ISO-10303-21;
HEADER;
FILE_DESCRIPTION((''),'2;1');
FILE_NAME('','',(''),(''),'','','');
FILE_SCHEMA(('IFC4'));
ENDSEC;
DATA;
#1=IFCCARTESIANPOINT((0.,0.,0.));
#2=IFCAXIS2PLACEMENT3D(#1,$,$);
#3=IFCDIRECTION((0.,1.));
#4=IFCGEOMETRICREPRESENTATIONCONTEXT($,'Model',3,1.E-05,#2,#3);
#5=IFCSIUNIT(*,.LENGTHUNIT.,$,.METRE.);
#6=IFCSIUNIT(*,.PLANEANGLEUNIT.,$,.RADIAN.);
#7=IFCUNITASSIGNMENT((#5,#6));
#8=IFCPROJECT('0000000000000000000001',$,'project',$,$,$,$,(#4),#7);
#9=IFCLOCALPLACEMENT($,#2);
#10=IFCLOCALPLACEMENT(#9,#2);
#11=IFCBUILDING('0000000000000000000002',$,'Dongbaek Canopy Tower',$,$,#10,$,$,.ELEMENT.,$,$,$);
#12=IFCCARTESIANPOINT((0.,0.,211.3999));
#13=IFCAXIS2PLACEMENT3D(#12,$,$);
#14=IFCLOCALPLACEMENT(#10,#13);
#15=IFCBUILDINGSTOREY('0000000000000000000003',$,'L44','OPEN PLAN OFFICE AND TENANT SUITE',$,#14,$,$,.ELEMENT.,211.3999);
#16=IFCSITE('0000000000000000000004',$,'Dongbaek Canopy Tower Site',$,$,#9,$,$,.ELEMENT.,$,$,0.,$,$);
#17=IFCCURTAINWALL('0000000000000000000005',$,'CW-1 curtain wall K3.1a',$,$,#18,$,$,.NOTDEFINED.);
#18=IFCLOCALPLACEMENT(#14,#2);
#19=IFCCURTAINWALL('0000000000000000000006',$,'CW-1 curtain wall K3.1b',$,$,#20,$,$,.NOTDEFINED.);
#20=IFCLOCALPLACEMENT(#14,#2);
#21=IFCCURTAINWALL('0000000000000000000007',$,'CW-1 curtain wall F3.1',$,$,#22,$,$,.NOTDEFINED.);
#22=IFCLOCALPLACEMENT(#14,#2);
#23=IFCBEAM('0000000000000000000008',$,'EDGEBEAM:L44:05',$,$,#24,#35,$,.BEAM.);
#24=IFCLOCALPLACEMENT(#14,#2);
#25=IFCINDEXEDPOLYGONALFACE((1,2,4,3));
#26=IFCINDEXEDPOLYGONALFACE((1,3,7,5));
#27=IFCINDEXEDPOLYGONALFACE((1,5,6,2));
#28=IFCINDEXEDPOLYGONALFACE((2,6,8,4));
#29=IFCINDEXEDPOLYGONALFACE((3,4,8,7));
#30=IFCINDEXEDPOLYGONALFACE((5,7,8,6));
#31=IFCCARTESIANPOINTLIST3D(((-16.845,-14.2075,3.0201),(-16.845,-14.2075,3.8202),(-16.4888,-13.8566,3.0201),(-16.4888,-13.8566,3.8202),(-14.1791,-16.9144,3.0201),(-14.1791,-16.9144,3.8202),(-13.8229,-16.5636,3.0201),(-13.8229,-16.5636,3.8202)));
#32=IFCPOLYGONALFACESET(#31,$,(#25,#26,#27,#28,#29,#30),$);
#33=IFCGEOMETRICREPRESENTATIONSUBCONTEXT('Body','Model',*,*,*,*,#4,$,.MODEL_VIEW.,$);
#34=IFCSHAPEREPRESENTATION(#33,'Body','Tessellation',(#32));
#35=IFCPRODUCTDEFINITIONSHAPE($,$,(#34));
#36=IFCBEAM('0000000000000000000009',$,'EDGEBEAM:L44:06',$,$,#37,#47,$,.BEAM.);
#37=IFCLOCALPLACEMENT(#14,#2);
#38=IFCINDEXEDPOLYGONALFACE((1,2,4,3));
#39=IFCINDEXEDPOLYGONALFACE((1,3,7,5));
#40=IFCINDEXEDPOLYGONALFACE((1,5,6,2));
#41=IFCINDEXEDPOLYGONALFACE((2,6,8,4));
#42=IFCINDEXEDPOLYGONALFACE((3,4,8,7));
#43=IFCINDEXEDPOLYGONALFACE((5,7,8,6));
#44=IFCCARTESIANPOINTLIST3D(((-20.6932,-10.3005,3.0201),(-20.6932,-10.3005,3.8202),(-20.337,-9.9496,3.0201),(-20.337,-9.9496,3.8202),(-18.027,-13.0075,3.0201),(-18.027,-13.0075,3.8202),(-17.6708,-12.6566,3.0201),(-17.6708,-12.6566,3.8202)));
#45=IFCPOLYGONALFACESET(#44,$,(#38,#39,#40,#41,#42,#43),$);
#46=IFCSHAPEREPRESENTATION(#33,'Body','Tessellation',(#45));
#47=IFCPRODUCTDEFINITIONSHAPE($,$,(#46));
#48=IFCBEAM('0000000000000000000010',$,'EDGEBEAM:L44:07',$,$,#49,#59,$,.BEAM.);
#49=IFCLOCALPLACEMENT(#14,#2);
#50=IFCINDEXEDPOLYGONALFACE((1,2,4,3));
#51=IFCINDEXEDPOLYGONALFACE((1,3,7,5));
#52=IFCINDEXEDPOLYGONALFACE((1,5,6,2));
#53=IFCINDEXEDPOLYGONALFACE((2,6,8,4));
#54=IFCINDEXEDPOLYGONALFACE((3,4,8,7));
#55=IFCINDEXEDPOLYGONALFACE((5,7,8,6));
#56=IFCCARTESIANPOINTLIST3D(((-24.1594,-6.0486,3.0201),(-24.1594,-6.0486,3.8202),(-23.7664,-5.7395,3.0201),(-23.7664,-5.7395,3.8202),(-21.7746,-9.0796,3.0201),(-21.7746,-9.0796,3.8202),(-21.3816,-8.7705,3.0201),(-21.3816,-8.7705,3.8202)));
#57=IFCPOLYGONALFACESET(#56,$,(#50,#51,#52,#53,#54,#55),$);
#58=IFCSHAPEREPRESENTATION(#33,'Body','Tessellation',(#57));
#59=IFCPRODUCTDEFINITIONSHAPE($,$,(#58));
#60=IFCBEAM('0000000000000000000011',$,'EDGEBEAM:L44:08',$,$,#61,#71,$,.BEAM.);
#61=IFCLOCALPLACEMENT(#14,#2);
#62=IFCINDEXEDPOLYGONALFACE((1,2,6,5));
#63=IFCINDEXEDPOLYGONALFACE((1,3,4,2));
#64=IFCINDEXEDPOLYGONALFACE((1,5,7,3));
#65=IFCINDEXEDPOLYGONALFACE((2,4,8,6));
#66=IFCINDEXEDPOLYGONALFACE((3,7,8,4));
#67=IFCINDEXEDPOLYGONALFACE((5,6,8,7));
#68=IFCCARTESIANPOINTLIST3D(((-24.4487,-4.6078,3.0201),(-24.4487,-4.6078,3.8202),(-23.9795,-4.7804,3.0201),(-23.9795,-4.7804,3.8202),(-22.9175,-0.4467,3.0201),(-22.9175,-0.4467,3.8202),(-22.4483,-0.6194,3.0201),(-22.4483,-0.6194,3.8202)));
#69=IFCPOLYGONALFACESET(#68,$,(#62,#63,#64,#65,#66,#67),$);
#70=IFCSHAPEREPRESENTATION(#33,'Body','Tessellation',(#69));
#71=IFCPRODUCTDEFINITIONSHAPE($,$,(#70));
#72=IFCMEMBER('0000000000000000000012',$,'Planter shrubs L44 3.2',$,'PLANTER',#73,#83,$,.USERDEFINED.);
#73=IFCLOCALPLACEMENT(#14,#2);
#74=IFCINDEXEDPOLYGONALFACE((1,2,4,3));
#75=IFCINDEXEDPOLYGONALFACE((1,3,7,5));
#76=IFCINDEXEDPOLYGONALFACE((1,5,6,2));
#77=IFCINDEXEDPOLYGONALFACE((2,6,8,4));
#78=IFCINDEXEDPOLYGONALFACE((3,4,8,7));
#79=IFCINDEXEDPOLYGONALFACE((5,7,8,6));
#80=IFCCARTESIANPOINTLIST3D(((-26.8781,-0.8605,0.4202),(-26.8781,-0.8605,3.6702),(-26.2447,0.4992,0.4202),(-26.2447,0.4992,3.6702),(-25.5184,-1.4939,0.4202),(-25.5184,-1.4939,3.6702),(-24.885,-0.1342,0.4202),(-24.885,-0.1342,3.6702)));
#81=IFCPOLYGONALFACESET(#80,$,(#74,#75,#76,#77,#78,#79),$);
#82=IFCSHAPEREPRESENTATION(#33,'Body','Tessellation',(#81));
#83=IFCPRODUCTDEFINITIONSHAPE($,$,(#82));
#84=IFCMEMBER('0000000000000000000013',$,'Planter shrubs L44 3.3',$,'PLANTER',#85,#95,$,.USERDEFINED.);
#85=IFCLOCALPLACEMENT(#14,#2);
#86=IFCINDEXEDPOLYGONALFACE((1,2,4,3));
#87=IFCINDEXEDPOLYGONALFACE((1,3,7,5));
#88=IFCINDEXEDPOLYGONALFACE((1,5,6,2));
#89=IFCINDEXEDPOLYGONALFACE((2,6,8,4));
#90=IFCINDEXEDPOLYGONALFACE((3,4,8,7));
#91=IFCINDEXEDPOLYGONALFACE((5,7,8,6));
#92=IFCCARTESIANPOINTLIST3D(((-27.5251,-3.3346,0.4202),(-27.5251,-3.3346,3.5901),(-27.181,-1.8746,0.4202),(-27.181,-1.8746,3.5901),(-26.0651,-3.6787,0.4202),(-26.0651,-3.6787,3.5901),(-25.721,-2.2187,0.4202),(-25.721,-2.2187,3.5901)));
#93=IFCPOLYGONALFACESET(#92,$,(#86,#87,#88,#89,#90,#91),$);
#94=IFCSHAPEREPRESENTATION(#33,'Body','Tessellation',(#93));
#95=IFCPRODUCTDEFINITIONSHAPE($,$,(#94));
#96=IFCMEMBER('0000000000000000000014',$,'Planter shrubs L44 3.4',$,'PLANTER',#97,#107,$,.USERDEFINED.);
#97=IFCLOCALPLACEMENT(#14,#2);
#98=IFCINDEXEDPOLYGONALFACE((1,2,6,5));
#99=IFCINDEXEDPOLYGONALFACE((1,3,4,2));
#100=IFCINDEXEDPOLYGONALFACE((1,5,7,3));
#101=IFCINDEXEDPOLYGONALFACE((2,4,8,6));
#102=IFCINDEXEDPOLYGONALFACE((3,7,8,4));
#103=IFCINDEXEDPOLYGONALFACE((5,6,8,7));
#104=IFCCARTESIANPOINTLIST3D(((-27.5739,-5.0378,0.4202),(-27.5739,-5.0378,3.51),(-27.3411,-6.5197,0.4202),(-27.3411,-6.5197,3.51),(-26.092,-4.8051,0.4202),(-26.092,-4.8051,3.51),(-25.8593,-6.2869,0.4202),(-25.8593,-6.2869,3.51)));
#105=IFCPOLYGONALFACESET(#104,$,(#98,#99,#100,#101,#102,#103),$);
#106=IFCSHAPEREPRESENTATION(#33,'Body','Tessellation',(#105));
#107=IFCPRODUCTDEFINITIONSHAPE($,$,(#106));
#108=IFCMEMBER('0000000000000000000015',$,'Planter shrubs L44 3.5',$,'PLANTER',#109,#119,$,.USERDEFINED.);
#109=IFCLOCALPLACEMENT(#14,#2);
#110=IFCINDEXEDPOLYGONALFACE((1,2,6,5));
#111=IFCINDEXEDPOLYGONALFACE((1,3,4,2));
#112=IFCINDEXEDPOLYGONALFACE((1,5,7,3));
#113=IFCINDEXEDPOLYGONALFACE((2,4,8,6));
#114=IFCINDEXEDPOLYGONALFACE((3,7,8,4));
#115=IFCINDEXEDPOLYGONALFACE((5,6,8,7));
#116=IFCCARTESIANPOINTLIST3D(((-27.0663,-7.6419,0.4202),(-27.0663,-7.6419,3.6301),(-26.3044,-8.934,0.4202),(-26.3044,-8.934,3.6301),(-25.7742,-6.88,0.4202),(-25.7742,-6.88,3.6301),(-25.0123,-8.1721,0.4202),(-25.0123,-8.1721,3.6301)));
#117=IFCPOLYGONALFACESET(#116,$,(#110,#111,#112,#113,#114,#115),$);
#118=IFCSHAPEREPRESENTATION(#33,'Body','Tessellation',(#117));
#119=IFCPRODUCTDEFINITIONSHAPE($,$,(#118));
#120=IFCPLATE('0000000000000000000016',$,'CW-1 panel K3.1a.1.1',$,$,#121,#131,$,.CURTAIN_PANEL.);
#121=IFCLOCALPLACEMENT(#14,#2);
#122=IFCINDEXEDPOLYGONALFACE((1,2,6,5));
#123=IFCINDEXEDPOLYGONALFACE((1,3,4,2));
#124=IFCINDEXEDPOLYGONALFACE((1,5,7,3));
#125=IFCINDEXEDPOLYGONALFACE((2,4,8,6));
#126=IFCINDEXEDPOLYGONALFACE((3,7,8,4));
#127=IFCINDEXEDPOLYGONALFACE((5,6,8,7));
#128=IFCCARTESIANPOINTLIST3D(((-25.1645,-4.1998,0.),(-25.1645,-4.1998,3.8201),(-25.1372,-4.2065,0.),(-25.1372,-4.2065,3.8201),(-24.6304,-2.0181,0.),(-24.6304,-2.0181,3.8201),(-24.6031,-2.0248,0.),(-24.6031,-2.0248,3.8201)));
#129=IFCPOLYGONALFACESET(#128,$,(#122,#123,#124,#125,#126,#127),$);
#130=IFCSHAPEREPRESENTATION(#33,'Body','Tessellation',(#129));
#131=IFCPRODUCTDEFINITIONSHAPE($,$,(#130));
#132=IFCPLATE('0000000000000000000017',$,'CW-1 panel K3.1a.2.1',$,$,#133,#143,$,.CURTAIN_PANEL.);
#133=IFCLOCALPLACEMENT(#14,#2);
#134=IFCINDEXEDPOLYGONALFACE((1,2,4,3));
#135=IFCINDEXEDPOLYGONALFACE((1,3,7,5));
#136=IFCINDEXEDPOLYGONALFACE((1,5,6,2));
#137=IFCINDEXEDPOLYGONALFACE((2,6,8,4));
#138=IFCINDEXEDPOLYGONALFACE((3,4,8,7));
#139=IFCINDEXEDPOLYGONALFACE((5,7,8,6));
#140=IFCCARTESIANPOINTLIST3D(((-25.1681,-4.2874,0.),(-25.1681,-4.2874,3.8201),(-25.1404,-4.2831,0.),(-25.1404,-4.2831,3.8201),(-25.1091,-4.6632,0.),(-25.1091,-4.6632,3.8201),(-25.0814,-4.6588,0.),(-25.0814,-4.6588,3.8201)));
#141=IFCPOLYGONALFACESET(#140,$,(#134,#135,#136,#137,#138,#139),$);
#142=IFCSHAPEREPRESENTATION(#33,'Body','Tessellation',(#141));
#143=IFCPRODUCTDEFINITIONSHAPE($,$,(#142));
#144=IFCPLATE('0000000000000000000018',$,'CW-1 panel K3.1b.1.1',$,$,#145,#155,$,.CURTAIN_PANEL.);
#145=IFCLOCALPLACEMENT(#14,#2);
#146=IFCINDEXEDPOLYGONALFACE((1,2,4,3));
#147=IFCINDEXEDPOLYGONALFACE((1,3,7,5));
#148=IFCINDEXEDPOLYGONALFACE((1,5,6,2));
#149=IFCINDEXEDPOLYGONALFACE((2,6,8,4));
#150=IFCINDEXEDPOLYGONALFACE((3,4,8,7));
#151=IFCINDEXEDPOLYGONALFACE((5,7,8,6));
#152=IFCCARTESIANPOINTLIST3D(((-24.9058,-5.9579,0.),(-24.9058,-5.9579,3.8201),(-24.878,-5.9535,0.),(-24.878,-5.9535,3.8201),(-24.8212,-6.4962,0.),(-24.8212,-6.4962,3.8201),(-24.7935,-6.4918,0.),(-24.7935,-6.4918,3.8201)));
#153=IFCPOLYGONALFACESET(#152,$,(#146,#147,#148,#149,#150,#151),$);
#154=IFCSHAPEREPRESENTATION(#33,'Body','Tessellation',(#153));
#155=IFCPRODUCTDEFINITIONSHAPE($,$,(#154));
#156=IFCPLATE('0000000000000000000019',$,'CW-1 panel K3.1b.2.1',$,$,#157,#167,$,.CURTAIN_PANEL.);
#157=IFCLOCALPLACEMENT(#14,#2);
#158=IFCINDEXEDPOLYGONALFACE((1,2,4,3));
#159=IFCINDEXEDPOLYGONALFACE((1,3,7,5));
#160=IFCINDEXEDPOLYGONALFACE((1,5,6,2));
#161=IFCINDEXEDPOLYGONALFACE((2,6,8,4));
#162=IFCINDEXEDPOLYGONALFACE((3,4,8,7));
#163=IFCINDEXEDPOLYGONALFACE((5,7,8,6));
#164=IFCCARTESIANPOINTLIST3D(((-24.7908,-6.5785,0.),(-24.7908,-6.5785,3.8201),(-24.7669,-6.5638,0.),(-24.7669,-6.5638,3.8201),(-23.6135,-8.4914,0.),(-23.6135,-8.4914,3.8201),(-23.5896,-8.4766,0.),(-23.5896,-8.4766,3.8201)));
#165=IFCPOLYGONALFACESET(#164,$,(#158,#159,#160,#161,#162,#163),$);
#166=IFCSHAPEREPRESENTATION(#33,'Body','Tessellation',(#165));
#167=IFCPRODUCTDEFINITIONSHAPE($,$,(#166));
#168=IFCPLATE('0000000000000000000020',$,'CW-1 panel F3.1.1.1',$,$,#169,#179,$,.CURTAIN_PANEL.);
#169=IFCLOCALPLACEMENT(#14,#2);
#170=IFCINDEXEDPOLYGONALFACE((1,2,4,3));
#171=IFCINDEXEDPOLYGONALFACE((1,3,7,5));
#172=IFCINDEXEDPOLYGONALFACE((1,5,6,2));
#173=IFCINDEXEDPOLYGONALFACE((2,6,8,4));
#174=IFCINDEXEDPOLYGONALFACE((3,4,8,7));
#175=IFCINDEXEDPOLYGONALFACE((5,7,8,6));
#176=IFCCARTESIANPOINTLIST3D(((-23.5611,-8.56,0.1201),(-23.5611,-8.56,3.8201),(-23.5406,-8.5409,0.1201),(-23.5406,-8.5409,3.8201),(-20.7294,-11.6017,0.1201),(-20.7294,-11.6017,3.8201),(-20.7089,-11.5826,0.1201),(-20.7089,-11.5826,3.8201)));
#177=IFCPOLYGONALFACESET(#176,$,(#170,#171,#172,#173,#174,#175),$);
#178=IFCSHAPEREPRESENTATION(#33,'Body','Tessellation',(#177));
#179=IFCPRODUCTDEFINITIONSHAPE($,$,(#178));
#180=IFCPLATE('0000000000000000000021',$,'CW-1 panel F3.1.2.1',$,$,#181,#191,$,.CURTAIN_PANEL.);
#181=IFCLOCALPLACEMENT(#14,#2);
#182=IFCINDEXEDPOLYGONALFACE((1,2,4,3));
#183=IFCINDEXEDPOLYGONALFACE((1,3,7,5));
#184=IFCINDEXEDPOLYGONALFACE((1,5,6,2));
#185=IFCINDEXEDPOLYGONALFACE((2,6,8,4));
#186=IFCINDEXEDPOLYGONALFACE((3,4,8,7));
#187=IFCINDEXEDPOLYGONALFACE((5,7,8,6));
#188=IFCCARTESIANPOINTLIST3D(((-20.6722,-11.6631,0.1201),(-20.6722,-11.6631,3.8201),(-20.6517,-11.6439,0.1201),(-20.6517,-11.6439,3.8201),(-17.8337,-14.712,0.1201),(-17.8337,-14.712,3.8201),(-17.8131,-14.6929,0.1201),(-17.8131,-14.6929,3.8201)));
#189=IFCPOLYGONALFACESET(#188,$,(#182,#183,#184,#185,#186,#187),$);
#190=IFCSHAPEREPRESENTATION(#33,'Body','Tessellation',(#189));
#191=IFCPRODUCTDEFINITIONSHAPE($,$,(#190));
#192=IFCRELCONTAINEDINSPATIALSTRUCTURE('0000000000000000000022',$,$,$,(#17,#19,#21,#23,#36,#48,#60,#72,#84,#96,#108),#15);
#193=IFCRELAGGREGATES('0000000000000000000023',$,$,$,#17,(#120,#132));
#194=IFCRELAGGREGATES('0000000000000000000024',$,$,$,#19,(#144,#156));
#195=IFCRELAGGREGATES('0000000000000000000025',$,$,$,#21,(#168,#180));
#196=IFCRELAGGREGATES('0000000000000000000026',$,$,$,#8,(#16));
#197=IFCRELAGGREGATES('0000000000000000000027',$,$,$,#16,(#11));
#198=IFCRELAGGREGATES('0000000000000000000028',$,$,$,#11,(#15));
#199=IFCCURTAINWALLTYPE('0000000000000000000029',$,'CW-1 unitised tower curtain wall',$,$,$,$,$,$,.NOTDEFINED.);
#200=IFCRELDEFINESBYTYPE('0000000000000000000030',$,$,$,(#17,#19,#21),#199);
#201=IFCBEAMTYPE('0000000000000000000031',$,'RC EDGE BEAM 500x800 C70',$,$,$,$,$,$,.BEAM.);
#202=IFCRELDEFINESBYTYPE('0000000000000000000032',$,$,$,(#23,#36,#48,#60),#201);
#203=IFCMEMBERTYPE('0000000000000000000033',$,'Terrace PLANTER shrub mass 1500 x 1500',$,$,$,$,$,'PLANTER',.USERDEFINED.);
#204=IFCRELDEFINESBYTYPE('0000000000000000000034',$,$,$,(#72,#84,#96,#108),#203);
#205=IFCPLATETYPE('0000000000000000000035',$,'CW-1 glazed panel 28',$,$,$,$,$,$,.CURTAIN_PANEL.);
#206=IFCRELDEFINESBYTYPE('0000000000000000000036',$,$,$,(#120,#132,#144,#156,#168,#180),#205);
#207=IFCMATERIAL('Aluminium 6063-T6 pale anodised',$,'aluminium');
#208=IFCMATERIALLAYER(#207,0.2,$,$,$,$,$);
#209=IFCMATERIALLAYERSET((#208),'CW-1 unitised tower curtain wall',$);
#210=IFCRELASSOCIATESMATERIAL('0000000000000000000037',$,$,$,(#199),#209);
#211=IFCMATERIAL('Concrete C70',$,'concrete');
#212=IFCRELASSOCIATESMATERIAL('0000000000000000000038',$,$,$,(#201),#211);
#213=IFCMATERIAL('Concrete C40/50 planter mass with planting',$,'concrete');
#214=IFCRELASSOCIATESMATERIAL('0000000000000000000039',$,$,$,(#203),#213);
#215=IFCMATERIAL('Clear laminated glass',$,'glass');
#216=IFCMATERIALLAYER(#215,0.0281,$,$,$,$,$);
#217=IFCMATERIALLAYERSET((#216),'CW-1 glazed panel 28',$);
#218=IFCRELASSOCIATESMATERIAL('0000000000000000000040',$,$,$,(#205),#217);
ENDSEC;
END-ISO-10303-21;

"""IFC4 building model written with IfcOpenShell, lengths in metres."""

from ifc_helpers import new_model, si_unit, direction, frame, origin, origin_2d, place, context, subcontext, project, spatial, rectangle, extrude, material, layer, layer_set, material_profile, profile_set, type_object, element, aggregate, save


model = new_model("IFC4")

# Units and contexts
model_context = context("Model", 3, precision=1e-05, world=origin(), true_north=direction((0.0, 1.0)))
body_context = subcontext(model_context, "Body", "Model", "MODEL_VIEW")
ifc_project = project(units=[si_unit("LENGTHUNIT", "METRE"), si_unit("PLANEANGLEUNIT", "RADIAN")], contexts=[model_context])

# Site, building, storey
site_placement = place(None, origin())
site = spatial("IfcSite", under=ifc_project, at=site_placement, Name="Dongbaek Canopy Tower Site", CompositionType="ELEMENT", RefElevation=0.0)
building_placement = place(site_placement, origin())
building = spatial("IfcBuilding", under=site, at=building_placement, Name="Dongbaek Canopy Tower", CompositionType="ELEMENT")
storey_placement = place(building_placement, frame((0.0, 0.0, 211.3999)))
storey = spatial("IfcBuildingStorey", under=building, at=storey_placement, Name="L44", Description="OPEN PLAN OFFICE AND TENANT SUITE", CompositionType="ELEMENT", Elevation=211.3999)

# Curtain walls
ifc_material_1 = material(Name="Aluminium 6063-T6 pale anodised", Category="aluminium")
ifc_layer_1 = layer(ifc_material_1, 0.2)
ifc_layer_set_1 = layer_set([ifc_layer_1], Name="CW-1 unitised tower curtain wall")
curtain_wall_type = type_object("IfcCurtainWallType", Name="CW-1 unitised tower curtain wall", PredefinedType="NOTDEFINED", material=ifc_layer_set_1)
curtain_wall_1_placement = place(storey_placement, origin())
curtain_wall_1 = element("IfcCurtainWall", 1, at=curtain_wall_1_placement, inside=storey, type_object=curtain_wall_type, Name="CW-1 curtain wall K3.1a", PredefinedType="NOTDEFINED")
curtain_wall_2_placement = place(storey_placement, origin())
curtain_wall_2 = element("IfcCurtainWall", 2, at=curtain_wall_2_placement, inside=storey, type_object=curtain_wall_type, Name="CW-1 curtain wall K3.1b", PredefinedType="NOTDEFINED")
curtain_wall_3_placement = place(storey_placement, origin())
curtain_wall_3 = element("IfcCurtainWall", 3, at=curtain_wall_3_placement, inside=storey, type_object=curtain_wall_type, Name="CW-1 curtain wall F3.1", PredefinedType="NOTDEFINED")

# Beams
ifc_material_2 = material(Name="Concrete C70", Category="concrete")
ifc_material_profile_1 = material_profile(ifc_material_2, rectangle(XDim=0.5, YDim=0.8, at=origin_2d()), Name="RC EDGE BEAM 500x800 C70")
ifc_profile_set_1 = profile_set([ifc_material_profile_1], Name="Concrete C70")
beam_type = type_object("IfcBeamType", Name="RC EDGE BEAM 500x800 C70", PredefinedType="BEAM", material=ifc_profile_set_1)
beam_1_placement = place(storey_placement, frame((-14.001, -16.739, 3.4202), z_axis=(-0.701689, 0.712484, 0.0), x_axis=(-0.712484, -0.701689, 0.0)))
element("IfcBeam", 4, at=beam_1_placement, inside=storey, type_object=beam_type, Name="EDGEBEAM:L44:05", PredefinedType="BEAM", context=body_context, shape_type="SweptSolid", body=[
    extrude(rectangle(XDim=0.5, YDim=0.8, at=origin_2d()), origin(), (0.0, 0.0, 1.0), 3.7993),
])
beam_2_placement = place(storey_placement, frame((-17.8489, -12.832, 3.4202), z_axis=(-0.701721, 0.712452, 0.0), x_axis=(-0.712452, -0.701721, 0.0)))
element("IfcBeam", 5, at=beam_2_placement, inside=storey, type_object=beam_type, Name="EDGEBEAM:L44:06", PredefinedType="BEAM", context=body_context, shape_type="SweptSolid", body=[
    extrude(rectangle(XDim=0.5, YDim=0.8, at=origin_2d()), origin(), (0.0, 0.0, 1.0), 3.7996),
])
beam_3_placement = place(storey_placement, frame((-21.5781, -8.925, 3.4202), z_axis=(-0.618344, 0.785907, 0.0), x_axis=(-0.785907, -0.618344, 0.0)))
element("IfcBeam", 6, at=beam_3_placement, inside=storey, type_object=beam_type, Name="EDGEBEAM:L44:07", PredefinedType="BEAM", context=body_context, shape_type="SweptSolid", body=[
    extrude(rectangle(XDim=0.5, YDim=0.8, at=origin_2d()), origin(), (0.0, 0.0, 1.0), 3.8567),
])
beam_4_placement = place(storey_placement, frame((-24.2141, -4.6941, 3.4202), z_axis=(0.345348, 0.938475, 0.0), x_axis=(-0.938475, 0.345348, 0.0)))
element("IfcBeam", 7, at=beam_4_placement, inside=storey, type_object=beam_type, Name="EDGEBEAM:L44:08", PredefinedType="BEAM", context=body_context, shape_type="SweptSolid", body=[
    extrude(rectangle(XDim=0.5, YDim=0.8, at=origin_2d()), origin(), (0.0, 0.0, 1.0), 4.4338),
])

# Members
ifc_material_3 = material(Name="Concrete C40/50 planter mass with planting", Category="concrete")
ifc_material_profile_2 = material_profile(ifc_material_3, rectangle(XDim=1.5, YDim=1.5, at=origin_2d()), Name="Terrace PLANTER shrub mass 1500 x 1500")
ifc_profile_set_2 = profile_set([ifc_material_profile_2], Name="Concrete C40/50 planter mass with planting")
member_type_1 = type_object("IfcMemberType", Name="Terrace PLANTER shrub mass 1500 x 1500", ElementType="PLANTER", PredefinedType="USERDEFINED", material=ifc_profile_set_2)
member_1_placement = place(storey_placement, frame((-25.8816, -0.4973, 0.4202), z_axis=(0.0, 0.0, 1.0), x_axis=(-0.906473, 0.422264, 0.0)))
element("IfcMember", 8, at=member_1_placement, inside=storey, type_object=member_type_1, Name="Planter shrubs L44 3.2", ObjectType="PLANTER", PredefinedType="USERDEFINED", context=body_context, shape_type="SweptSolid", body=[
    extrude(rectangle(XDim=1.5, YDim=1.5, at=origin_2d()), origin(), (0.0, 0.0, 1.0), 3.25),
])
member_2_placement = place(storey_placement, frame((-26.623, -2.7766, 0.4202), z_axis=(0.0, 0.0, 1.0), x_axis=(-0.973335, 0.229389, 0.0)))
element("IfcMember", 9, at=member_2_placement, inside=storey, type_object=member_type_1, Name="Planter shrubs L44 3.3", ObjectType="PLANTER", PredefinedType="USERDEFINED", context=body_context, shape_type="SweptSolid", body=[
    extrude(rectangle(XDim=1.5, YDim=1.5, at=origin_2d()), origin(), (0.0, 0.0, 1.0), 3.1699),
])
member_3_placement = place(storey_placement, frame((-26.7166, -5.6624, 0.4202), z_axis=(0.0, 0.0, 1.0), x_axis=(-0.987886, -0.155179, 0.0)))
element("IfcMember", 10, at=member_3_placement, inside=storey, type_object=member_type_1, Name="Planter shrubs L44 3.4", ObjectType="PLANTER", PredefinedType="USERDEFINED", context=body_context, shape_type="SweptSolid", body=[
    extrude(rectangle(XDim=1.5, YDim=1.5, at=origin_2d()), origin(), (0.0, 0.0, 1.0), 3.0898),
])
member_4_placement = place(storey_placement, frame((-26.0393, -7.907, 0.4202), z_axis=(0.0, 0.0, 1.0), x_axis=(-0.8614, -0.507927, 0.0)))
element("IfcMember", 11, at=member_4_placement, inside=storey, type_object=member_type_1, Name="Planter shrubs L44 3.5", ObjectType="PLANTER", PredefinedType="USERDEFINED", context=body_context, shape_type="SweptSolid", body=[
    extrude(rectangle(XDim=1.5, YDim=1.5, at=origin_2d()), origin(), (0.0, 0.0, 1.0), 3.21),
])

# Plates
ifc_material_4 = material(Name="Clear laminated glass", Category="glass")
ifc_layer_2 = layer(ifc_material_4, 0.0281)
ifc_layer_set_2 = layer_set([ifc_layer_2], Name="CW-1 glazed panel 28")
plate_type = type_object("IfcPlateType", Name="CW-1 glazed panel 28", PredefinedType="CURTAIN_PANEL", material=ifc_layer_set_2)
plate_1_placement = place(storey_placement, frame((-24.8838, -3.1123, 0.0), z_axis=(0.0, 0.0, 1.0), x_axis=(-0.237799, -0.971314, 0.0)))
plate_1 = element("IfcPlate", 12, at=plate_1_placement, type_object=plate_type, Name="CW-1 panel K3.1a.1.1", PredefinedType="CURTAIN_PANEL", context=body_context, shape_type="SweptSolid", body=[
    extrude(rectangle(XDim=2.2461, YDim=0.0281, at=origin_2d()), origin(), (0.0, 0.0, 1.0), 3.8201),
])
plate_2_placement = place(storey_placement, frame((-25.1248, -4.4731, 0.0), z_axis=(0.0, 0.0, 1.0), x_axis=(0.155179, -0.987886, 0.0)))
plate_2 = element("IfcPlate", 13, at=plate_2_placement, type_object=plate_type, Name="CW-1 panel K3.1a.2.1", PredefinedType="CURTAIN_PANEL", context=body_context, shape_type="SweptSolid", body=[
    extrude(rectangle(XDim=0.3804, YDim=0.0281, at=origin_2d()), origin(), (0.0, 0.0, 1.0), 3.8201),
])
aggregate(curtain_wall_1, [plate_1, plate_2])
plate_3_placement = place(storey_placement, frame((-24.8496, -6.2249, 0.0), z_axis=(0.0, 0.0, 1.0), x_axis=(0.155179, -0.987886, 0.0)))
plate_3 = element("IfcPlate", 14, at=plate_3_placement, type_object=plate_type, Name="CW-1 panel K3.1b.1.1", PredefinedType="CURTAIN_PANEL", context=body_context, shape_type="SweptSolid", body=[
    extrude(rectangle(XDim=0.5449, YDim=0.0281, at=origin_2d()), origin(), (0.0, 0.0, 1.0), 3.8201),
])
plate_4_placement = place(storey_placement, frame((-24.1902, -7.5276, 0.0), z_axis=(0.0, 0.0, 1.0), x_axis=(0.52415, -0.851626, 0.0)))
plate_4 = element("IfcPlate", 15, at=plate_4_placement, type_object=plate_type, Name="CW-1 panel K3.1b.2.1", PredefinedType="CURTAIN_PANEL", context=body_context, shape_type="SweptSolid", body=[
    extrude(rectangle(XDim=2.2461, YDim=0.0281, at=origin_2d()), origin(), (0.0, 0.0, 1.0), 3.8201),
])
aggregate(curtain_wall_2, [plate_3, plate_4])
plate_5_placement = place(storey_placement, frame((-22.135, -10.0713, 0.1201), z_axis=(0.0, 0.0, 1.0), x_axis=(0.681397, -0.731914, 0.0)))
plate_5 = element("IfcPlate", 16, at=plate_5_placement, type_object=plate_type, Name="CW-1 panel F3.1.1.1", PredefinedType="CURTAIN_PANEL", context=body_context, shape_type="SweptSolid", body=[
    extrude(rectangle(XDim=4.1558, YDim=0.0281, at=origin_2d()), origin(), (0.0, 0.0, 1.0), 3.7),
])
plate_6_placement = place(storey_placement, frame((-19.2427, -13.178, 0.1201), z_axis=(0.0, 0.0, 1.0), x_axis=(0.681397, -0.731914, 0.0)))
plate_6 = element("IfcPlate", 17, at=plate_6_placement, type_object=plate_type, Name="CW-1 panel F3.1.2.1", PredefinedType="CURTAIN_PANEL", context=body_context, shape_type="SweptSolid", body=[
    extrude(rectangle(XDim=4.1658, YDim=0.0281, at=origin_2d()), origin(), (0.0, 0.0, 1.0), 3.7),
])

aggregate(curtain_wall_3, [plate_5, plate_6])

save(model, "model.ifc")
